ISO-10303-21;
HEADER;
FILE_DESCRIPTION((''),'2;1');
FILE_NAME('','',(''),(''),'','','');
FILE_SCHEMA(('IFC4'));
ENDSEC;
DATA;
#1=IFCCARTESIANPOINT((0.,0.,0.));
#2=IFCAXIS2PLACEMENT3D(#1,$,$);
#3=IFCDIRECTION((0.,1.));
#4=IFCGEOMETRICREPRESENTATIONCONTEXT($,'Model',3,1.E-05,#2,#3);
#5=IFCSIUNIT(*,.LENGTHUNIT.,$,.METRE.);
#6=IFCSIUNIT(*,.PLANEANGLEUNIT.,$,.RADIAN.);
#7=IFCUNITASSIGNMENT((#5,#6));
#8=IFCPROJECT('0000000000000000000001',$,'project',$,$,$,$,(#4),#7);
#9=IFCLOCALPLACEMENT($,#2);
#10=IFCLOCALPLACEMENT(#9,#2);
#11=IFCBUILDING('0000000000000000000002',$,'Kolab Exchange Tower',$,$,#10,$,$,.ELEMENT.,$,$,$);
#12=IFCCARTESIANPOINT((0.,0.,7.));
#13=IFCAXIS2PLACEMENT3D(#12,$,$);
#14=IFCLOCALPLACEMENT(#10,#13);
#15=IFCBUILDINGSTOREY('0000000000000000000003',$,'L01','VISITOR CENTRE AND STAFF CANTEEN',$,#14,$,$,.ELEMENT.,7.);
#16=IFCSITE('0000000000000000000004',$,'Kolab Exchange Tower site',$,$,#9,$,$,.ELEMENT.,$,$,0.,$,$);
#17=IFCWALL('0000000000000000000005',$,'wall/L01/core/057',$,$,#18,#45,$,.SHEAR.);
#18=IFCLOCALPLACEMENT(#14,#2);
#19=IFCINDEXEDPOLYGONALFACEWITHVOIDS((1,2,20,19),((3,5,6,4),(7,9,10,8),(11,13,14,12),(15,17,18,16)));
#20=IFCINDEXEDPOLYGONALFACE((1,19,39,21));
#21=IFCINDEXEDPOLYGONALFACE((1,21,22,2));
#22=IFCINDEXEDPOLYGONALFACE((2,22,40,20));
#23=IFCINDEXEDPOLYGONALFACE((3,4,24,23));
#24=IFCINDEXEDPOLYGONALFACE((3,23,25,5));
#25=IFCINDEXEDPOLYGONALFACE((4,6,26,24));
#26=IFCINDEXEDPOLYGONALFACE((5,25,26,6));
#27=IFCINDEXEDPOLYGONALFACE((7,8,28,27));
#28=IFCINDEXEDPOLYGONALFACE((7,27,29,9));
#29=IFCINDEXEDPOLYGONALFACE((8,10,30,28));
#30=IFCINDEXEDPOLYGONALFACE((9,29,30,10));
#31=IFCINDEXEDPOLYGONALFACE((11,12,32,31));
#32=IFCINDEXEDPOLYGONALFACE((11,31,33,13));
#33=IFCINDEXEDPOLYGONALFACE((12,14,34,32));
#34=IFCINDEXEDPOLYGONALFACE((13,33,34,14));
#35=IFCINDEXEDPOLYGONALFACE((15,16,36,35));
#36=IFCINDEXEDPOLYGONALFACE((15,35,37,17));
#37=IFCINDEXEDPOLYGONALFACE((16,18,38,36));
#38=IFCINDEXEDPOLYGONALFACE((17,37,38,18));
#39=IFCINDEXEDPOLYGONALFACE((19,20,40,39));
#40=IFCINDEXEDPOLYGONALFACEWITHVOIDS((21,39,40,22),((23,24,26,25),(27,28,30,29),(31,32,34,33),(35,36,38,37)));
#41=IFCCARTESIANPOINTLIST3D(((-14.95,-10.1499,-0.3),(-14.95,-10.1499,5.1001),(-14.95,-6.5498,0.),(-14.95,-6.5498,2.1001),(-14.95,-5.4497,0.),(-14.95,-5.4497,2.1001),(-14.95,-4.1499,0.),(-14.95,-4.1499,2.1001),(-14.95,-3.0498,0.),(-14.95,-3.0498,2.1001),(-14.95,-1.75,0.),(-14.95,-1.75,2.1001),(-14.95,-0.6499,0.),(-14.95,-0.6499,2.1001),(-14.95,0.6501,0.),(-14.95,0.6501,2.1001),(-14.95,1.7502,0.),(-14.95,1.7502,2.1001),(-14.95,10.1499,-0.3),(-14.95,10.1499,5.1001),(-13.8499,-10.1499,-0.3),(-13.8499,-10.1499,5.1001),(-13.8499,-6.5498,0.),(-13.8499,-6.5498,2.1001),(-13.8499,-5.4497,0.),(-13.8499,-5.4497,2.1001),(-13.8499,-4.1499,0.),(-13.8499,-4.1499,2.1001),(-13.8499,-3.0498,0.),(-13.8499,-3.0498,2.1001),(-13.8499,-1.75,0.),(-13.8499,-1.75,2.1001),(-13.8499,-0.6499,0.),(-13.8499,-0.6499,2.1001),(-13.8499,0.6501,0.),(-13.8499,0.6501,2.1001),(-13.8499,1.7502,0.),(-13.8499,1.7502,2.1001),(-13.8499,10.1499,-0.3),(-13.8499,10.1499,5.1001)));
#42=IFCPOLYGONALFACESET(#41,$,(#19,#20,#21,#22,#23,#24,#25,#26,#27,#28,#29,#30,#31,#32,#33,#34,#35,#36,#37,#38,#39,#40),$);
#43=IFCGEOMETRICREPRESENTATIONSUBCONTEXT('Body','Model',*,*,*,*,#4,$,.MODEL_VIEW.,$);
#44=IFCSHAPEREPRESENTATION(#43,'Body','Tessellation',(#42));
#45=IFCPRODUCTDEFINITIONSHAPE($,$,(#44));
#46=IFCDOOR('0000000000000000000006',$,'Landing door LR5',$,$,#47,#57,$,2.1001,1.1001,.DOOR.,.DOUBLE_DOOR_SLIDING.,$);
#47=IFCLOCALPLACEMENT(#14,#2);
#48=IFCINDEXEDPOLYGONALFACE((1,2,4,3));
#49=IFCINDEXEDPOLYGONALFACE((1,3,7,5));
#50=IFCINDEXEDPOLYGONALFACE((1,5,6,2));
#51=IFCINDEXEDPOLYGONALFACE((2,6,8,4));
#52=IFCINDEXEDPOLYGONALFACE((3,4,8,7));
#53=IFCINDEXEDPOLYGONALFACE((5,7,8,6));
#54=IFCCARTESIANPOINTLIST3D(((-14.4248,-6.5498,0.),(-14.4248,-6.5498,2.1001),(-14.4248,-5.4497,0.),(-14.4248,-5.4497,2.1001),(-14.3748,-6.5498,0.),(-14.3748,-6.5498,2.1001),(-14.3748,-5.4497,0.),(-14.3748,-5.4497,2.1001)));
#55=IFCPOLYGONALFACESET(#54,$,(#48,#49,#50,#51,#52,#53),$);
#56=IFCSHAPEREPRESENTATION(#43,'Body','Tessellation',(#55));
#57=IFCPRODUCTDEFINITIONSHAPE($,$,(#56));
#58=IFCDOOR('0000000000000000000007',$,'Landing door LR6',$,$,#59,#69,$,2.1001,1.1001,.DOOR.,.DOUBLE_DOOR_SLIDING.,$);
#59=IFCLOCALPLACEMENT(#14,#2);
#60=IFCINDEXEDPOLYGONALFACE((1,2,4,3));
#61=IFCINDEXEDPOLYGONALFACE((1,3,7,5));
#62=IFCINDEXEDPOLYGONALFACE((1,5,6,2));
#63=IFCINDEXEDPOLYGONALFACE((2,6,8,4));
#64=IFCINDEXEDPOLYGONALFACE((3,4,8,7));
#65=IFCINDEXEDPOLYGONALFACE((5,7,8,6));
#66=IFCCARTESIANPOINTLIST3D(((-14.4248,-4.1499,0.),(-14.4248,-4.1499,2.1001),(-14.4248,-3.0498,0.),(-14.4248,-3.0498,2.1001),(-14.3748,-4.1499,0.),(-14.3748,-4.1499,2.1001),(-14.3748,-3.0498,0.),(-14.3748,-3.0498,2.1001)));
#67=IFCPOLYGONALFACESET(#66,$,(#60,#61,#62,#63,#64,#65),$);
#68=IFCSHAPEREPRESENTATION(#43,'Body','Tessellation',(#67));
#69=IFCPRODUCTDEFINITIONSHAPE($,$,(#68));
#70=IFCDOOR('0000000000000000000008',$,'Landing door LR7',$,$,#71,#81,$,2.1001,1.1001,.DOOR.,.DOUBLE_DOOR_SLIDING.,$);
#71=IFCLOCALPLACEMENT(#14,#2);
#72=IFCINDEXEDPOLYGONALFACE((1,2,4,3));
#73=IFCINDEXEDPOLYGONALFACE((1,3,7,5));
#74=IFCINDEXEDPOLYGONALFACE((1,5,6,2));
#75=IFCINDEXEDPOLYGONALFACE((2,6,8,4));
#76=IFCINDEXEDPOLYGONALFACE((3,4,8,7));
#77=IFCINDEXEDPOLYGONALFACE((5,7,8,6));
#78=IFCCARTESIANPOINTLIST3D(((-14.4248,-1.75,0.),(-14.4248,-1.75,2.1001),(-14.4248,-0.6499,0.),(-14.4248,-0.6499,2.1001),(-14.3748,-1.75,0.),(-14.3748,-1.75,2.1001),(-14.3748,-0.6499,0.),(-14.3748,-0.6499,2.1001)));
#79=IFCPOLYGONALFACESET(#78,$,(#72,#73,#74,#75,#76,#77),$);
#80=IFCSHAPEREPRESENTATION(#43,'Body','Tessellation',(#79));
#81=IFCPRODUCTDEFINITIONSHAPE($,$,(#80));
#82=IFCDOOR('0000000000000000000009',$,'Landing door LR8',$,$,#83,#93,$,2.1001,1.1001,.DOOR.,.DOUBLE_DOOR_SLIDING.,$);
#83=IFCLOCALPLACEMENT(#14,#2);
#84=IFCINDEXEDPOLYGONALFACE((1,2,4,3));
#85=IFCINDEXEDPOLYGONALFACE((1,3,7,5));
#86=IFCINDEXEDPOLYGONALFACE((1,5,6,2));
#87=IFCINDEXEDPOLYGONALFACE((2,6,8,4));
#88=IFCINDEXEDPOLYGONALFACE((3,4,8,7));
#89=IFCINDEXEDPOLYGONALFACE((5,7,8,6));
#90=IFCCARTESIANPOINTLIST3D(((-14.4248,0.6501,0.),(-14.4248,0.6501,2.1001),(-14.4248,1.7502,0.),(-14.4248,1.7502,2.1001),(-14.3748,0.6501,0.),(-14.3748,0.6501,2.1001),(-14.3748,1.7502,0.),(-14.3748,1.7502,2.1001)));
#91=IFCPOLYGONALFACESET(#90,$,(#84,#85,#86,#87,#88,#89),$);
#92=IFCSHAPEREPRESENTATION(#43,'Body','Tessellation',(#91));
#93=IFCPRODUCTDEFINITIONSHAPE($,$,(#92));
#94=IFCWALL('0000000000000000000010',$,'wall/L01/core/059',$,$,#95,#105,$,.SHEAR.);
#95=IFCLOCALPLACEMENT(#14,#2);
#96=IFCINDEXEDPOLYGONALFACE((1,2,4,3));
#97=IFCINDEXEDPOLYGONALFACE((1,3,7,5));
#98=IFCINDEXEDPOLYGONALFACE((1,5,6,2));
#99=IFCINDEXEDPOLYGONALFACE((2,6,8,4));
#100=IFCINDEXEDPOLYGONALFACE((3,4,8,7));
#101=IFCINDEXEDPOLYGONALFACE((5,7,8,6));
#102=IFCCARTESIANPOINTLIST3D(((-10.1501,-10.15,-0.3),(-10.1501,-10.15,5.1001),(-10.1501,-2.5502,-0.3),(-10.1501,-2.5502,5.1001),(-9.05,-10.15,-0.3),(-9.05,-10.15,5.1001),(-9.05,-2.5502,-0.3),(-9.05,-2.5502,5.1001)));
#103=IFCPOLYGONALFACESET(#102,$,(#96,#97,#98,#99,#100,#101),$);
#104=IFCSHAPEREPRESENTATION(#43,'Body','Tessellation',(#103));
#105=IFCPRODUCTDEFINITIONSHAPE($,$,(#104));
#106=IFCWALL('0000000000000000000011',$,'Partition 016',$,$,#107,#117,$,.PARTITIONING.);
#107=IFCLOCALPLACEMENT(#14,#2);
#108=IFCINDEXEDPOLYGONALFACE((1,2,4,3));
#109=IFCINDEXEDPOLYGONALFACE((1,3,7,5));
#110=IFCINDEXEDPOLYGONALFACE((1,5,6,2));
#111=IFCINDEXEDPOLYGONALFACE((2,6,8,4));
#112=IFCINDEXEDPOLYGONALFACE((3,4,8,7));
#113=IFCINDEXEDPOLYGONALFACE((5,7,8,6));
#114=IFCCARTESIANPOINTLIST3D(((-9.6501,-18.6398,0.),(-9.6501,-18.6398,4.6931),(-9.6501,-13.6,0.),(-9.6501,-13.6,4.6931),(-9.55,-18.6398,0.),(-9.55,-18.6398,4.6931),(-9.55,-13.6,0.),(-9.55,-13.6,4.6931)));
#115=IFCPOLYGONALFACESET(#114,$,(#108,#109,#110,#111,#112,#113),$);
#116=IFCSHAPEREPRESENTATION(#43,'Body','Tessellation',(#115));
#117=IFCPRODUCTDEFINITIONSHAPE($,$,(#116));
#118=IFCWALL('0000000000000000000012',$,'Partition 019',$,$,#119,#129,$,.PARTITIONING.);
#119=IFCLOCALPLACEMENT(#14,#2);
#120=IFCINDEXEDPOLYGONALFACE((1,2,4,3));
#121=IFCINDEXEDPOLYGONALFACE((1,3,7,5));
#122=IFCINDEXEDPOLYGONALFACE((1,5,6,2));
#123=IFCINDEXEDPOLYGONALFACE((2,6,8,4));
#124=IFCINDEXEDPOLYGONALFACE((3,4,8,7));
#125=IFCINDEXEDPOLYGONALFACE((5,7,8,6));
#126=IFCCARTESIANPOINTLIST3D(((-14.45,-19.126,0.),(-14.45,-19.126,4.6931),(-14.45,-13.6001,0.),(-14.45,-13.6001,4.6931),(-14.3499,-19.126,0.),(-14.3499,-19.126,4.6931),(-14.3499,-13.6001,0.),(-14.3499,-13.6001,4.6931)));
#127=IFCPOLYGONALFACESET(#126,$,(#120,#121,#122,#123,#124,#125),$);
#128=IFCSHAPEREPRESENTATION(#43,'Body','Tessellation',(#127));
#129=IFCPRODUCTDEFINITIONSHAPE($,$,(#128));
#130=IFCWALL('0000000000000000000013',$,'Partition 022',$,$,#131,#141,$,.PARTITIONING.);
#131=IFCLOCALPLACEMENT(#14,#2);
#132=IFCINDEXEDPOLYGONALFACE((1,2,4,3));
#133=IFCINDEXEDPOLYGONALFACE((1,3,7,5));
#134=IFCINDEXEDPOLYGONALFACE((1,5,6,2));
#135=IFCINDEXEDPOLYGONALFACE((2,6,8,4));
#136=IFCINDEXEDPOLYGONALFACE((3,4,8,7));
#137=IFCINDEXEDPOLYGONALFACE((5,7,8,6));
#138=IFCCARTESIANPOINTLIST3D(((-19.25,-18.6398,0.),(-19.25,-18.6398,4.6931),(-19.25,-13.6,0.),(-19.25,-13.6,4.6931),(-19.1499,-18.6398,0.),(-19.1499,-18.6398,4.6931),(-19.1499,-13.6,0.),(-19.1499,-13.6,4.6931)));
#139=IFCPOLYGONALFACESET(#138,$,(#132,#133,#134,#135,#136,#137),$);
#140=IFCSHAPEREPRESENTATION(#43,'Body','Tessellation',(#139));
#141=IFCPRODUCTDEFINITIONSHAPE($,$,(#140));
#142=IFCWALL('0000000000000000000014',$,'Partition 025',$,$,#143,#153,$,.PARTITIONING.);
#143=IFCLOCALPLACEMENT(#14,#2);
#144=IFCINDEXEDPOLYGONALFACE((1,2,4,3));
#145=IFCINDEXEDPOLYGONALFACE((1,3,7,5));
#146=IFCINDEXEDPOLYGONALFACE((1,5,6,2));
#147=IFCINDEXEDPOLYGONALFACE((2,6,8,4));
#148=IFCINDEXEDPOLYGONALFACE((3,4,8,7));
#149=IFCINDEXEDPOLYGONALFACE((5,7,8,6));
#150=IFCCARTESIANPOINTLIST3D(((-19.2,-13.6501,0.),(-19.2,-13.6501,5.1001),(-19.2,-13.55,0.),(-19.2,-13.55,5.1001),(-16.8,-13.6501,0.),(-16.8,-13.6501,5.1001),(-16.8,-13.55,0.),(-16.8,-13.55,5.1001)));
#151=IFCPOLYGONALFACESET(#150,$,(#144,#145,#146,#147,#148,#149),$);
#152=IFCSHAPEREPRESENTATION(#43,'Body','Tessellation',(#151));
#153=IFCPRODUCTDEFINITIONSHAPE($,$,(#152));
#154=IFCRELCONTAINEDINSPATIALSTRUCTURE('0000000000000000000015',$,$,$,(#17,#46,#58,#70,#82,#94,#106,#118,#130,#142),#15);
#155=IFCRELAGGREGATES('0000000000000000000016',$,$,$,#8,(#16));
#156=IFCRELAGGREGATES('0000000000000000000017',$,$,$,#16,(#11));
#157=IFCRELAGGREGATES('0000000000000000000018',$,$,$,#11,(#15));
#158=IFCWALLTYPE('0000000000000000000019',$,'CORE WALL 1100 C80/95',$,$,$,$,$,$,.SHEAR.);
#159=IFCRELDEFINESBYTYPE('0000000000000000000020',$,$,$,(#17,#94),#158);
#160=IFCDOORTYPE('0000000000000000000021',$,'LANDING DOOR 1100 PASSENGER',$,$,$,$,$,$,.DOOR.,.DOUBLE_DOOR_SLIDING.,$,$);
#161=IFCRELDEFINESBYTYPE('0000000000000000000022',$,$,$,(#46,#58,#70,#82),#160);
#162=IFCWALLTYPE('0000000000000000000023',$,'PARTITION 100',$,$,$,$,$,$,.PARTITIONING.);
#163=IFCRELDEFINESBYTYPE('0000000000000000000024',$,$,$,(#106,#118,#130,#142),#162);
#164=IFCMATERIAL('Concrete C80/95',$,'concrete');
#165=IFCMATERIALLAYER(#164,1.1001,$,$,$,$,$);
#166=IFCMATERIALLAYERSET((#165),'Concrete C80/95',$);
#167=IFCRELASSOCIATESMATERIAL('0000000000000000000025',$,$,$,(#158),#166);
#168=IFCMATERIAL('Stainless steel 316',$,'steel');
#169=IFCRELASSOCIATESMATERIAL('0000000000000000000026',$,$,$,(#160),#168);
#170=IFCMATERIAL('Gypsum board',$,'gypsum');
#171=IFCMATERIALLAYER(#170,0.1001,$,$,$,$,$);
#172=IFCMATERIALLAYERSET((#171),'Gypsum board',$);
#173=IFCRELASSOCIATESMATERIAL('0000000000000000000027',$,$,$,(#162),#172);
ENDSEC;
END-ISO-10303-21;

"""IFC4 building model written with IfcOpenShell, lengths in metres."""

from ifc_helpers import new_model, si_unit, direction, frame, frame_2d, origin, place, context, subcontext, project, spatial, rectangle, extrude, material, layer, layer_set, type_object, element, fill, save


model = new_model("IFC4")

# Units and contexts
model_context = context("Model", 3, precision=1e-05, world=origin(), true_north=direction((0.0, 1.0)))
body_context = subcontext(model_context, "Body", "Model", "MODEL_VIEW")
ifc_project = project(units=[si_unit("LENGTHUNIT", "METRE"), si_unit("PLANEANGLEUNIT", "RADIAN")], contexts=[model_context])

# Site, building, storey
site_placement = place(None, origin())
site = spatial("IfcSite", under=ifc_project, at=site_placement, Name="Kolab Exchange Tower site", CompositionType="ELEMENT", RefElevation=0.0)
building_placement = place(site_placement, origin())
building = spatial("IfcBuilding", under=site, at=building_placement, Name="Kolab Exchange Tower", CompositionType="ELEMENT")
storey_placement = place(building_placement, frame((0.0, 0.0, 7.0)))
storey = spatial("IfcBuildingStorey", under=building, at=storey_placement, Name="L01", Description="VISITOR CENTRE AND STAFF CANTEEN", CompositionType="ELEMENT", Elevation=7.0)

# Shared definitions
ifc_material_1 = material(Name="Concrete C80/95", Category="concrete")

# Wall, openings, doors
ifc_layer_1 = layer(ifc_material_1, 1.1001)
ifc_layer_set_1 = layer_set([ifc_layer_1], Name="Concrete C80/95")
wall_type_1 = type_object("IfcWallType", Name="CORE WALL 1100 C80/95", PredefinedType="SHEAR", material=ifc_layer_set_1)
wall_1_placement = place(storey_placement, frame((-14.3999, -10.1499, -0.3), z_axis=(0.0, 0.0, 1.0), x_axis=(0.0, 1.0, 0.0)))
wall_1 = element("IfcWall", 1, at=wall_1_placement, inside=storey, type_object=wall_type_1, Name="wall/L01/core/057", PredefinedType="SHEAR", context=body_context, shape_type="SweptSolid", body=[
    extrude(rectangle(XDim=20.2998, YDim=1.1001, at=frame_2d((10.1499, 0.0))), origin(), (0.0, 0.0, 1.0), 5.4001),
])
opening_1_placement = place(wall_1_placement, frame((3.6001, 0.0, 0.3)))
opening_1 = element("IfcOpeningElement", 2, at=opening_1_placement, cuts=wall_1, PredefinedType="OPENING", context=body_context, shape_type="SweptSolid", body=[
    extrude(rectangle(XDim=1.1001, YDim=2.1001, at=frame_2d((0.55, 1.05))), frame((0.0, 0.5601, 0.0), z_axis=(0.0, -1.0, 0.0), x_axis=(1.0, 0.0, 0.0)), (0.0, 0.0, 1.0), 1.1201),
])
opening_2_placement = place(wall_1_placement, frame((6.0, 0.0, 0.3)))
opening_2 = element("IfcOpeningElement", 3, at=opening_2_placement, cuts=wall_1, PredefinedType="OPENING", context=body_context, shape_type="SweptSolid", body=[
    extrude(rectangle(XDim=1.1001, YDim=2.1001, at=frame_2d((0.55, 1.05))), frame((0.0, 0.5601, 0.0), z_axis=(0.0, -1.0, 0.0), x_axis=(1.0, 0.0, 0.0)), (0.0, 0.0, 1.0), 1.1201),
])
opening_3_placement = place(wall_1_placement, frame((8.3999, 0.0, 0.3)))
opening_3 = element("IfcOpeningElement", 4, at=opening_3_placement, cuts=wall_1, PredefinedType="OPENING", context=body_context, shape_type="SweptSolid", body=[
    extrude(rectangle(XDim=1.1001, YDim=2.1001, at=frame_2d((0.55, 1.05))), frame((0.0, 0.5601, 0.0), z_axis=(0.0, -1.0, 0.0), x_axis=(1.0, 0.0, 0.0)), (0.0, 0.0, 1.0), 1.1201),
])
opening_4_placement = place(wall_1_placement, frame((10.8, 0.0, 0.3)))
opening_4 = element("IfcOpeningElement", 5, at=opening_4_placement, cuts=wall_1, PredefinedType="OPENING", context=body_context, shape_type="SweptSolid", body=[
    extrude(rectangle(XDim=1.1001, YDim=2.1001, at=frame_2d((0.55, 1.05))), frame((0.0, 0.5601, 0.0), z_axis=(0.0, -1.0, 0.0), x_axis=(1.0, 0.0, 0.0)), (0.0, 0.0, 1.0), 1.1201),
])
ifc_material_2 = material(Name="Stainless steel 316", Category="steel")
door_type_1 = type_object("IfcDoorType", Name="LANDING DOOR 1100 PASSENGER", OperationType="DOUBLE_DOOR_SLIDING", PredefinedType="DOOR", material=ifc_material_2)
door_1_placement = place(opening_1_placement, origin())
door_1 = element("IfcDoor", 6, at=door_1_placement, inside=storey, type_object=door_type_1, Name="Landing door LR5", OperationType="DOUBLE_DOOR_SLIDING", OverallHeight=2.1001, OverallWidth=1.1001, PredefinedType="DOOR", context=body_context, shape_type="SweptSolid", body=[
    extrude(rectangle(XDim=1.1001, YDim=2.1001, at=frame_2d((0.55, 1.05))), frame((0.0, 0.0249, 0.0), z_axis=(0.0, -1.0, 0.0), x_axis=(1.0, 0.0, 0.0)), (0.0, 0.0, 1.0), 0.05),
])
fill(opening_1, door_1)
door_2_placement = place(opening_2_placement, origin())
door_2 = element("IfcDoor", 7, at=door_2_placement, inside=storey, type_object=door_type_1, Name="Landing door LR6", OperationType="DOUBLE_DOOR_SLIDING", OverallHeight=2.1001, OverallWidth=1.1001, PredefinedType="DOOR", context=body_context, shape_type="SweptSolid", body=[
    extrude(rectangle(XDim=1.1001, YDim=2.1001, at=frame_2d((0.55, 1.05))), frame((0.0, 0.0249, 0.0), z_axis=(0.0, -1.0, 0.0), x_axis=(1.0, 0.0, 0.0)), (0.0, 0.0, 1.0), 0.05),
])
fill(opening_2, door_2)
door_3_placement = place(opening_3_placement, origin())
door_3 = element("IfcDoor", 8, at=door_3_placement, inside=storey, type_object=door_type_1, Name="Landing door LR7", OperationType="DOUBLE_DOOR_SLIDING", OverallHeight=2.1001, OverallWidth=1.1001, PredefinedType="DOOR", context=body_context, shape_type="SweptSolid", body=[
    extrude(rectangle(XDim=1.1001, YDim=2.1001, at=frame_2d((0.55, 1.05))), frame((0.0, 0.0249, 0.0), z_axis=(0.0, -1.0, 0.0), x_axis=(1.0, 0.0, 0.0)), (0.0, 0.0, 1.0), 0.05),
])
fill(opening_3, door_3)
door_4_placement = place(opening_4_placement, origin())
door_4 = element("IfcDoor", 9, at=door_4_placement, inside=storey, type_object=door_type_1, Name="Landing door LR8", OperationType="DOUBLE_DOOR_SLIDING", OverallHeight=2.1001, OverallWidth=1.1001, PredefinedType="DOOR", context=body_context, shape_type="SweptSolid", body=[
    extrude(rectangle(XDim=1.1001, YDim=2.1001, at=frame_2d((0.55, 1.05))), frame((0.0, 0.0249, 0.0), z_axis=(0.0, -1.0, 0.0), x_axis=(1.0, 0.0, 0.0)), (0.0, 0.0, 1.0), 0.05),
])
fill(opening_4, door_4)

# Walls
wall_2_placement = place(storey_placement, frame((-9.6001, -10.1499, -0.3), z_axis=(0.0, 0.0, 1.0), x_axis=(0.0, 1.0, 0.0)))
element("IfcWall", 10, at=wall_2_placement, inside=storey, type_object=wall_type_1, Name="wall/L01/core/059", PredefinedType="SHEAR", context=body_context, shape_type="SweptSolid", body=[
    extrude(rectangle(XDim=7.5999, YDim=1.1001, at=frame_2d((3.7998, 0.0))), origin(), (0.0, 0.0, 1.0), 5.4001),
])
ifc_material_3 = material(Name="Gypsum board", Category="gypsum")
ifc_layer_2 = layer(ifc_material_3, 0.1001)
ifc_layer_set_2 = layer_set([ifc_layer_2], Name="Gypsum board")
wall_type_2 = type_object("IfcWallType", Name="PARTITION 100", PredefinedType="PARTITIONING", material=ifc_layer_set_2)
wall_3_placement = place(storey_placement, frame((-9.6001, -18.6399, 0.0), z_axis=(0.0, 0.0, 1.0), x_axis=(0.0, 1.0, 0.0)))
element("IfcWall", 11, at=wall_3_placement, inside=storey, type_object=wall_type_2, Name="Partition 016", PredefinedType="PARTITIONING", context=body_context, shape_type="SweptSolid", body=[
    extrude(rectangle(XDim=5.0398, YDim=0.1001, at=frame_2d((2.52, 0.0))), origin(), (0.0, 0.0, 1.0), 4.6931),
])
wall_4_placement = place(storey_placement, frame((-14.3999, -19.126, 0.0), z_axis=(0.0, 0.0, 1.0), x_axis=(0.0, 1.0, 0.0)))
element("IfcWall", 12, at=wall_4_placement, inside=storey, type_object=wall_type_2, Name="Partition 019", PredefinedType="PARTITIONING", context=body_context, shape_type="SweptSolid", body=[
    extrude(rectangle(XDim=5.5259, YDim=0.1001, at=frame_2d((2.7629, 0.0))), origin(), (0.0, 0.0, 1.0), 4.6931),
])
wall_5_placement = place(storey_placement, frame((-19.2, -18.6399, 0.0), z_axis=(0.0, 0.0, 1.0), x_axis=(0.0, 1.0, 0.0)))
element("IfcWall", 13, at=wall_5_placement, inside=storey, type_object=wall_type_2, Name="Partition 022", PredefinedType="PARTITIONING", context=body_context, shape_type="SweptSolid", body=[
    extrude(rectangle(XDim=5.0398, YDim=0.1001, at=frame_2d((2.52, 0.0))), origin(), (0.0, 0.0, 1.0), 4.6931),
])
wall_6_placement = place(storey_placement, frame((-19.2, -13.6001, 0.0), z_axis=(0.0, 0.0, 1.0), x_axis=(1.0, 0.0, 0.0)))
element("IfcWall", 14, at=wall_6_placement, inside=storey, type_object=wall_type_2, Name="Partition 025", PredefinedType="PARTITIONING", context=body_context, shape_type="SweptSolid", body=[
    extrude(rectangle(XDim=2.3999, YDim=0.1001, at=frame_2d((1.2, 0.0))), origin(), (0.0, 0.0, 1.0), 5.1001),
])

save(model, "model.ifc")
